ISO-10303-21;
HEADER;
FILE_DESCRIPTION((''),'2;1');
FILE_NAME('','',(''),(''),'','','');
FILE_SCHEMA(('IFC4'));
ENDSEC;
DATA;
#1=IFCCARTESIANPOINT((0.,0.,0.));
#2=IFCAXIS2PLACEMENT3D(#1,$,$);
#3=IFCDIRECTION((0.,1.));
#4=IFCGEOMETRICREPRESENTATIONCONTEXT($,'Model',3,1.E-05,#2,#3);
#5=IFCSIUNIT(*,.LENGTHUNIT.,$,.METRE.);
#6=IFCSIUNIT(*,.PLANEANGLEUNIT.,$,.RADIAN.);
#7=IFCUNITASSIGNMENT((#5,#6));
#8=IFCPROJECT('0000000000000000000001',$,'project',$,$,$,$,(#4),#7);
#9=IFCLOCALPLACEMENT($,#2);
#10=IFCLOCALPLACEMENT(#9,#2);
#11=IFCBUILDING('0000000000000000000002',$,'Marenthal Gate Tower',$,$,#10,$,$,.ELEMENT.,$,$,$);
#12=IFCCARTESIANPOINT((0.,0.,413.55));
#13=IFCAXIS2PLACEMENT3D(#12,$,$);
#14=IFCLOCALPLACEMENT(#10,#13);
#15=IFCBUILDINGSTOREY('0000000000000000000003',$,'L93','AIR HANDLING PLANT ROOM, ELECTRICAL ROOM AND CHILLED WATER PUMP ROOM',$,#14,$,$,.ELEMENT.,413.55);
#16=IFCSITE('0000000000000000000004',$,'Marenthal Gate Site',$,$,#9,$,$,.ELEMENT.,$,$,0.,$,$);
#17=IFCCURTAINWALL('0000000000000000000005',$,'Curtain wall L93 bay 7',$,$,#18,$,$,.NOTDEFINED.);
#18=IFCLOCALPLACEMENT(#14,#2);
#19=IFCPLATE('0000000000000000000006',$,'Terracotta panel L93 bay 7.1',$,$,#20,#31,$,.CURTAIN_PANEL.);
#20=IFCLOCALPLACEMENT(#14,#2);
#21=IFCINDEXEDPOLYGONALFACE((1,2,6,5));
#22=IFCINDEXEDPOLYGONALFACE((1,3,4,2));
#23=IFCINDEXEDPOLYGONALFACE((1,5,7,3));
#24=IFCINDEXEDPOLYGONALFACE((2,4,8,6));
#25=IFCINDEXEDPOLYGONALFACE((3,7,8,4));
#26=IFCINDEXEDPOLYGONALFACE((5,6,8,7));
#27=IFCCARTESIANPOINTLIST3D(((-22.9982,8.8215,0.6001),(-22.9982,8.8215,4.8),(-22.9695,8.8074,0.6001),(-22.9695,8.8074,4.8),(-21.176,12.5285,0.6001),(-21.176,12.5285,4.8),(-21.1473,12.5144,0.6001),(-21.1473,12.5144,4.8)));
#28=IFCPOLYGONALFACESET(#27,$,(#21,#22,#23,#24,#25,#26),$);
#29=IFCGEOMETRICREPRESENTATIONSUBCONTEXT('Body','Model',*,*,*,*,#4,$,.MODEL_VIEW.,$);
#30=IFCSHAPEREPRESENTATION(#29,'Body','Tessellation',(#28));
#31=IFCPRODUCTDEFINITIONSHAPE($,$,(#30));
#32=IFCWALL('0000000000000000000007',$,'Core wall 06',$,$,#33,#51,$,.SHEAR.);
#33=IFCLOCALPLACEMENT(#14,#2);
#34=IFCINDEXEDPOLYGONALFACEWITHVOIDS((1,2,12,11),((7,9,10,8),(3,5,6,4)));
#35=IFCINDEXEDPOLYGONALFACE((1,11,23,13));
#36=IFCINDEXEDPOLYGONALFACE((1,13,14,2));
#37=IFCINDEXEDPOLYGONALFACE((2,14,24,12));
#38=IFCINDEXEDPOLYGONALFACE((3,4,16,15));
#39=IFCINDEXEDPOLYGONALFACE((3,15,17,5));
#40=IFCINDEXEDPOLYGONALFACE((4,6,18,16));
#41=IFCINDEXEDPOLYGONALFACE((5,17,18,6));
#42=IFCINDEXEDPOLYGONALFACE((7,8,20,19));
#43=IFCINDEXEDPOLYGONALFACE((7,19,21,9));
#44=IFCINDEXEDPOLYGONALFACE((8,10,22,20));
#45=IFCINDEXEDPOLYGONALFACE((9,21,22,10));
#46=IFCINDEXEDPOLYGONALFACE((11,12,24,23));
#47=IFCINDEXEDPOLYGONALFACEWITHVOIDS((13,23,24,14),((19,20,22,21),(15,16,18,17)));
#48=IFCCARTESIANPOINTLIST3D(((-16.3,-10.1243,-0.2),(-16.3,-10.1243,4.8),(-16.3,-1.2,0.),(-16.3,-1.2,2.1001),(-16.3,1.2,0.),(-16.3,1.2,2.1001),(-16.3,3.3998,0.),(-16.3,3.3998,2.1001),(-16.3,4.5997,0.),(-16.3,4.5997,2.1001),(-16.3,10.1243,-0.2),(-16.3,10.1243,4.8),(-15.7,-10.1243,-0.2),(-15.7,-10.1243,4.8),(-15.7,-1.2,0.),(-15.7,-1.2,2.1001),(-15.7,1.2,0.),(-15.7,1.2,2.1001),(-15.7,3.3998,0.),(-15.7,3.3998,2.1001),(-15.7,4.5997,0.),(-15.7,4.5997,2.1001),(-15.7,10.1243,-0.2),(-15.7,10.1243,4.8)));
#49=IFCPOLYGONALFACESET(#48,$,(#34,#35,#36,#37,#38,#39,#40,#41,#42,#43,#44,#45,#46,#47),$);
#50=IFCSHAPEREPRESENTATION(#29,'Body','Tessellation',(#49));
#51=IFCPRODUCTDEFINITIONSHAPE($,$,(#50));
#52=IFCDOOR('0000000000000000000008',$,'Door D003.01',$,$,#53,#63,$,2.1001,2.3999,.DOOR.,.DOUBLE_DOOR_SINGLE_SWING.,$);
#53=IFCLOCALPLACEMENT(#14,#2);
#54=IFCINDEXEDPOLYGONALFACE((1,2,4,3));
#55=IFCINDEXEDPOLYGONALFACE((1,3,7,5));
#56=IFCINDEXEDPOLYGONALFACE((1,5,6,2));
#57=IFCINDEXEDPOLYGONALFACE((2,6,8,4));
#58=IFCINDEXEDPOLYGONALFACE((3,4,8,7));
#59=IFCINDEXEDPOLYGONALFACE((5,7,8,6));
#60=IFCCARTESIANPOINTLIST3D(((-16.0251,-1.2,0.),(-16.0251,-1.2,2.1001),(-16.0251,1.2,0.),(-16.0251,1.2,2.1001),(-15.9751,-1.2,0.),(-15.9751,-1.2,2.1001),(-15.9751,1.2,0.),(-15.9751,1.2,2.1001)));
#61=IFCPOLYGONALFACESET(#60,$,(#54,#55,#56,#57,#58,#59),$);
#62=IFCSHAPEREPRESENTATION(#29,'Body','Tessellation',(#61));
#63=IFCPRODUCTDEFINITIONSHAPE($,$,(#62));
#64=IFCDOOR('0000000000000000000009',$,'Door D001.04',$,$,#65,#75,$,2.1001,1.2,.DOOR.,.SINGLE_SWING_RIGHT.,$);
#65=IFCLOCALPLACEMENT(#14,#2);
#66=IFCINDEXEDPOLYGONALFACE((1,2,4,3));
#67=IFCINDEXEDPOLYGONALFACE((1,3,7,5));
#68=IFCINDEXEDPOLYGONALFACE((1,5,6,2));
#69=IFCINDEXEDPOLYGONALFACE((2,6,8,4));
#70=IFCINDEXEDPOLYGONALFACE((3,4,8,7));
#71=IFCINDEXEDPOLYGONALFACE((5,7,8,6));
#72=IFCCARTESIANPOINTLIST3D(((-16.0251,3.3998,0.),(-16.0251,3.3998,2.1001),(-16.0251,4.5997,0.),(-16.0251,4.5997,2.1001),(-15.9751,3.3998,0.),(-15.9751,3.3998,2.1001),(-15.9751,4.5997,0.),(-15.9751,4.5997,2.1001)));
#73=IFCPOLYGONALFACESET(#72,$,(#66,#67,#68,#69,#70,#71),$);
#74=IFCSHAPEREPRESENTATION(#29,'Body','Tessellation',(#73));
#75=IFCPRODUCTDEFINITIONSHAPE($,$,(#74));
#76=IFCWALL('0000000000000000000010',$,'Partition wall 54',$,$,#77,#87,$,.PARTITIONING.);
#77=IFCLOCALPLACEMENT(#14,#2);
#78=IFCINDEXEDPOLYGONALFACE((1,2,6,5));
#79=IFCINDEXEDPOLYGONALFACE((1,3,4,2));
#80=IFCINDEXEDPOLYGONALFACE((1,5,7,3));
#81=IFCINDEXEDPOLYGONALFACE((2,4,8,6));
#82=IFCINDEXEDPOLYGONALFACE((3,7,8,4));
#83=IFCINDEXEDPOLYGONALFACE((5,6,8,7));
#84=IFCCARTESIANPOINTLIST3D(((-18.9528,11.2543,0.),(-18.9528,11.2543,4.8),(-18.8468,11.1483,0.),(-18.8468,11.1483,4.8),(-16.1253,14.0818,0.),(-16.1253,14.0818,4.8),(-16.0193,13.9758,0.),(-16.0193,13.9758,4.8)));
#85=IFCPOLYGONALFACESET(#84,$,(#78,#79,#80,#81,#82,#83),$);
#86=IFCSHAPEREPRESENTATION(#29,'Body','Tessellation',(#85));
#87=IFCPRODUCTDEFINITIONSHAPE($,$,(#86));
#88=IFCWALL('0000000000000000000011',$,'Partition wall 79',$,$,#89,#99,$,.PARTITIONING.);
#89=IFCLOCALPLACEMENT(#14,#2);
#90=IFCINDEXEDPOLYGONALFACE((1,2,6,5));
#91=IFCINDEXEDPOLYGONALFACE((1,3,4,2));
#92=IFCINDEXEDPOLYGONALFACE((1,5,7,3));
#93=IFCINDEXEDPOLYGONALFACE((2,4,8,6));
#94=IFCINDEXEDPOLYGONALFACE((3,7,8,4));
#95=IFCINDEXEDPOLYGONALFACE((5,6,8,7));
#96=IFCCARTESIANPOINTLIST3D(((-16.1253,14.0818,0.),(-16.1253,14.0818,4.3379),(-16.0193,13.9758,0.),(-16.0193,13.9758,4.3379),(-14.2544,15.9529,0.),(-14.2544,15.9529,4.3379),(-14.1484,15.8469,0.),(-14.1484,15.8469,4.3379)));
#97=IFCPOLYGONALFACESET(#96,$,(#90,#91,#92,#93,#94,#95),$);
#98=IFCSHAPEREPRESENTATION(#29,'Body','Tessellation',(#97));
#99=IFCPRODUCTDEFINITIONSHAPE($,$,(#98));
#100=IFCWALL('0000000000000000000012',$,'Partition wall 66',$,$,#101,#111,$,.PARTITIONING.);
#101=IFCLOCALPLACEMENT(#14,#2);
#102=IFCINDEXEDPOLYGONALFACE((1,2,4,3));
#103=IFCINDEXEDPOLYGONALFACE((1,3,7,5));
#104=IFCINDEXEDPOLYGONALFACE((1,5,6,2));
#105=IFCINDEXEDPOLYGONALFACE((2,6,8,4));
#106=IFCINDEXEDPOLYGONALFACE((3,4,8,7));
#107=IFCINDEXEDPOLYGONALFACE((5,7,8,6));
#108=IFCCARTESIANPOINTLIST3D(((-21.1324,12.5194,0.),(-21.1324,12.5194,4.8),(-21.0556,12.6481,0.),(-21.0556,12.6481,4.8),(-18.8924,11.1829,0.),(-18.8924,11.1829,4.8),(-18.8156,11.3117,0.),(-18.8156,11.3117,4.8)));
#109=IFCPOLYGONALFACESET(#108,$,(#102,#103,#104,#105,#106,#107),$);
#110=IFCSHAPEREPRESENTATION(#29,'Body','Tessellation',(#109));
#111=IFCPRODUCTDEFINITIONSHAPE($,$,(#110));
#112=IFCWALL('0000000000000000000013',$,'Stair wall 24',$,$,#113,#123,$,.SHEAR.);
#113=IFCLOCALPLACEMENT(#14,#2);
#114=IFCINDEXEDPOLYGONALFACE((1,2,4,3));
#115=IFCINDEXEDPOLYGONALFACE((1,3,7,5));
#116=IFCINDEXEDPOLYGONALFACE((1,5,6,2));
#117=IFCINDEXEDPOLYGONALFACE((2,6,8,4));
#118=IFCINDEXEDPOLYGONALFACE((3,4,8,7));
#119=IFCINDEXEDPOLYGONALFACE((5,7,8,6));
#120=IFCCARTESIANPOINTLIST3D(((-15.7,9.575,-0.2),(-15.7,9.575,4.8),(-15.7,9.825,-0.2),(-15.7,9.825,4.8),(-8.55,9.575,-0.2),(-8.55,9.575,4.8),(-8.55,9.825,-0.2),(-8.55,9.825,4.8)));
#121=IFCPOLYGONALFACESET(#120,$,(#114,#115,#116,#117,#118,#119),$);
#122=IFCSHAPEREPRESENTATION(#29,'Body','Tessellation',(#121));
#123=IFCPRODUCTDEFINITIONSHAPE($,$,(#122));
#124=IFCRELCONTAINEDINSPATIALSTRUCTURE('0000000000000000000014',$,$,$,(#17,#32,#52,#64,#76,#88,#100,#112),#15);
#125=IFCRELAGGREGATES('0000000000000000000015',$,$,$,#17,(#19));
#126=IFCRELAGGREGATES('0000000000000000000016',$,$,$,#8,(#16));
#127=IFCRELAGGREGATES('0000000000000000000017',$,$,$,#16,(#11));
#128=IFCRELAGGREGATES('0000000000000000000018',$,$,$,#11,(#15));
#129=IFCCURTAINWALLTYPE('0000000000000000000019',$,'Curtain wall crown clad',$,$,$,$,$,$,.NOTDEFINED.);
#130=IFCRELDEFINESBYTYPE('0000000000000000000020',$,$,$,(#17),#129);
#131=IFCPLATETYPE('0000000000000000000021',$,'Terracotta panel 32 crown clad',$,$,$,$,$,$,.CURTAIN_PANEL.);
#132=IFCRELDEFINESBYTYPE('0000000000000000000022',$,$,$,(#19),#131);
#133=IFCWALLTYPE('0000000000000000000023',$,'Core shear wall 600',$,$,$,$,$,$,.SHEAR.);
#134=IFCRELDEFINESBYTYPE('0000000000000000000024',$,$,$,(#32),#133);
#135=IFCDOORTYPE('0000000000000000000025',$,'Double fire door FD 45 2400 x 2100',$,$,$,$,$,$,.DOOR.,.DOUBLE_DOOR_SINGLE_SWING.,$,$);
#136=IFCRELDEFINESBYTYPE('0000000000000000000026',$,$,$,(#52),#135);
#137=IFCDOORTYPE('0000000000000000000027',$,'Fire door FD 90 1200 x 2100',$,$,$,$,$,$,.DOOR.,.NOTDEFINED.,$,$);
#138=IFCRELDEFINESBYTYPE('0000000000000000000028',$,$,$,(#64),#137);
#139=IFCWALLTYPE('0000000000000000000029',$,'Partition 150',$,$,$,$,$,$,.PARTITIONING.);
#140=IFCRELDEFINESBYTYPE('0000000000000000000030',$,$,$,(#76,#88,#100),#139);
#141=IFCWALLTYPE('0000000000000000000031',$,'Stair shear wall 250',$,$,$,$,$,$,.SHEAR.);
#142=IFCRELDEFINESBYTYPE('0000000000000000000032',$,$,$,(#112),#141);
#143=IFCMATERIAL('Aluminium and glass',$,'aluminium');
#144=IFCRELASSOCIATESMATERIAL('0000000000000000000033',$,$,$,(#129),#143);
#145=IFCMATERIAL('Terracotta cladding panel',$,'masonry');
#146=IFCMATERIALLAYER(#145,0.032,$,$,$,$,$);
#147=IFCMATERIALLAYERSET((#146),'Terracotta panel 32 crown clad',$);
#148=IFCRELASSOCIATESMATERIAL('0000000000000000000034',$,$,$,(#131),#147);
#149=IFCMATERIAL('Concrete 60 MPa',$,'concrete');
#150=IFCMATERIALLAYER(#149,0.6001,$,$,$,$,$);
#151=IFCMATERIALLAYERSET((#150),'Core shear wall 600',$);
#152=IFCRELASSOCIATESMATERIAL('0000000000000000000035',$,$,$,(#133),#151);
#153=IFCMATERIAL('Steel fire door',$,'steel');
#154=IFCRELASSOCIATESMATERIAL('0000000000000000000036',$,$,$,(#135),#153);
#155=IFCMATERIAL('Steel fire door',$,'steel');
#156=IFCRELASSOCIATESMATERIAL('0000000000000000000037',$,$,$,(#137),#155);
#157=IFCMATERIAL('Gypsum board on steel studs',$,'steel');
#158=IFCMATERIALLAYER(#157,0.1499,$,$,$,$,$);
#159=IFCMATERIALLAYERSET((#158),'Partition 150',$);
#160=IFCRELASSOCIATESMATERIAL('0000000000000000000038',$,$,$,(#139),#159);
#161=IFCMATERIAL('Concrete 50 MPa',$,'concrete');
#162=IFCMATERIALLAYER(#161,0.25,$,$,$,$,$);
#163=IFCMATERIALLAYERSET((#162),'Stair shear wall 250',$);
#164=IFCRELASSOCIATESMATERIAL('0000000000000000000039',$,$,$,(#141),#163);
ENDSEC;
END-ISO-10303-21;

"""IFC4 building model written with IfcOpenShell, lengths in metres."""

from ifc_helpers import new_model, si_unit, direction, frame, frame_2d, origin, origin_2d, place, context, subcontext, project, spatial, rectangle, extrude, material, layer, layer_set, type_object, element, fill, aggregate, save


model = new_model("IFC4")

# Units and contexts
model_context = context("Model", 3, precision=1e-05, world=origin(), true_north=direction((0.0, 1.0)))
body_context = subcontext(model_context, "Body", "Model", "MODEL_VIEW")
ifc_project = project(units=[si_unit("LENGTHUNIT", "METRE"), si_unit("PLANEANGLEUNIT", "RADIAN")], contexts=[model_context])

# Site, building, storey
site_placement = place(None, origin())
site = spatial("IfcSite", under=ifc_project, at=site_placement, Name="Marenthal Gate Site", CompositionType="ELEMENT", RefElevation=0.0)
building_placement = place(site_placement, origin())
building = spatial("IfcBuilding", under=site, at=building_placement, Name="Marenthal Gate Tower", CompositionType="ELEMENT")
storey_placement = place(building_placement, frame((0.0, 0.0, 413.55)))
storey = spatial("IfcBuildingStorey", under=building, at=storey_placement, Name="L93", Description="AIR HANDLING PLANT ROOM, ELECTRICAL ROOM AND CHILLED WATER PUMP ROOM", CompositionType="ELEMENT", Elevation=413.55)

# Curtain wall
ifc_material_1 = material(Name="Aluminium and glass", Category="aluminium")
curtain_wall_type_1 = type_object("IfcCurtainWallType", Name="Curtain wall crown clad", PredefinedType="NOTDEFINED", material=ifc_material_1)
curtain_wall_1_placement = place(storey_placement, origin())
curtain_wall_1 = element("IfcCurtainWall", 1, at=curtain_wall_1_placement, inside=storey, type_object=curtain_wall_type_1, Name="Curtain wall L93 bay 7", PredefinedType="NOTDEFINED")

# Plate
ifc_material_2 = material(Name="Terracotta cladding panel", Category="masonry")
ifc_layer_1 = layer(ifc_material_2, 0.032)
ifc_layer_set_1 = layer_set([ifc_layer_1], Name="Terracotta panel 32 crown clad")
plate_type_1 = type_object("IfcPlateType", Name="Terracotta panel 32 crown clad", PredefinedType="CURTAIN_PANEL", material=ifc_layer_set_1)
plate_1_placement = place(storey_placement, frame((-22.0728, 10.668, 0.6001), z_axis=(0.0, 0.0, 1.0), x_axis=(-0.441124, -0.897446, 0.0)))
plate_1 = element("IfcPlate", 2, at=plate_1_placement, type_object=plate_type_1, Name="Terracotta panel L93 bay 7.1", PredefinedType="CURTAIN_PANEL", context=body_context, shape_type="SweptSolid", body=[
    extrude(rectangle(XDim=4.1306, YDim=0.032, at=origin_2d()), origin(), (0.0, 0.0, 1.0), 4.2),
])
aggregate(curtain_wall_1, [plate_1])

# Wall, openings, doors
ifc_material_3 = material(Name="Concrete 60 MPa", Category="concrete")
ifc_layer_2 = layer(ifc_material_3, 0.6001)
ifc_layer_set_2 = layer_set([ifc_layer_2], Name="Core shear wall 600")
wall_type_1 = type_object("IfcWallType", Name="Core shear wall 600", PredefinedType="SHEAR", material=ifc_layer_set_2)
wall_1_placement = place(storey_placement, frame((-16.0, 10.1243, -0.2), z_axis=(0.0, 0.0, 1.0), x_axis=(0.0, -1.0, 0.0)))
wall_1 = element("IfcWall", 3, at=wall_1_placement, inside=storey, type_object=wall_type_1, Name="Core wall 06", PredefinedType="SHEAR", context=body_context, shape_type="SweptSolid", body=[
    extrude(rectangle(XDim=20.2485, YDim=0.6001, at=frame_2d((10.1243, 0.0))), origin(), (0.0, 0.0, 1.0), 5.0),
])
opening_1_placement = place(wall_1_placement, frame((8.9243, 0.0, 0.2)))
opening_1 = element("IfcOpeningElement", 4, at=opening_1_placement, cuts=wall_1, PredefinedType="OPENING", context=body_context, shape_type="SweptSolid", body=[
    extrude(rectangle(XDim=2.3999, YDim=2.1001, at=frame_2d((1.2, 1.05))), frame((0.0, 0.3101, 0.0), z_axis=(0.0, -1.0, 0.0), x_axis=(1.0, 0.0, 0.0)), (0.0, 0.0, 1.0), 0.6201),
])
opening_2_placement = place(wall_1_placement, frame((5.5244, 0.0, 0.2)))
opening_2 = element("IfcOpeningElement", 5, at=opening_2_placement, cuts=wall_1, PredefinedType="OPENING", context=body_context, shape_type="SweptSolid", body=[
    extrude(rectangle(XDim=1.2, YDim=2.1001, at=frame_2d((0.6001, 1.05))), frame((0.0, 0.3101, 0.0), z_axis=(0.0, -1.0, 0.0), x_axis=(1.0, 0.0, 0.0)), (0.0, 0.0, 1.0), 0.6201),
])
ifc_material_4 = material(Name="Steel fire door", Category="steel")
door_type_1 = type_object("IfcDoorType", Name="Double fire door FD 45 2400 x 2100", OperationType="DOUBLE_DOOR_SINGLE_SWING", PredefinedType="DOOR", material=ifc_material_4)
door_1_placement = place(opening_1_placement, origin())
door_1 = element("IfcDoor", 6, at=door_1_placement, inside=storey, type_object=door_type_1, Name="Door D003.01", OperationType="DOUBLE_DOOR_SINGLE_SWING", OverallHeight=2.1001, OverallWidth=2.3999, PredefinedType="DOOR", context=body_context, shape_type="SweptSolid", body=[
    extrude(rectangle(XDim=2.3999, YDim=2.1001, at=frame_2d((1.2, 1.05))), frame((0.0, 0.0249, 0.0), z_axis=(0.0, -1.0, 0.0), x_axis=(1.0, 0.0, 0.0)), (0.0, 0.0, 1.0), 0.05),
])
fill(opening_1, door_1)
ifc_material_5 = material(Name="Steel fire door", Category="steel")
door_type_2 = type_object("IfcDoorType", Name="Fire door FD 90 1200 x 2100", OperationType="NOTDEFINED", PredefinedType="DOOR", material=ifc_material_5)
door_2_placement = place(opening_2_placement, origin())
door_2 = element("IfcDoor", 7, at=door_2_placement, inside=storey, type_object=door_type_2, Name="Door D001.04", OperationType="SINGLE_SWING_RIGHT", OverallHeight=2.1001, OverallWidth=1.2, PredefinedType="DOOR", context=body_context, shape_type="SweptSolid", body=[
    extrude(rectangle(XDim=1.2, YDim=2.1001, at=frame_2d((0.6001, 1.05))), frame((0.0, 0.0249, 0.0), z_axis=(0.0, -1.0, 0.0), x_axis=(1.0, 0.0, 0.0)), (0.0, 0.0, 1.0), 0.05),
])
fill(opening_2, door_2)

# Walls
ifc_material_6 = material(Name="Gypsum board on steel studs", Category="steel")
ifc_layer_3 = layer(ifc_material_6, 0.1499)
ifc_layer_set_3 = layer_set([ifc_layer_3], Name="Partition 150")
wall_type_2 = type_object("IfcWallType", Name="Partition 150", PredefinedType="PARTITIONING", material=ifc_layer_set_3)
wall_2_placement = place(storey_placement, frame((-18.8999, 11.2012, 0.0), z_axis=(0.0, 0.0, 1.0), x_axis=(0.707107, 0.707107, 0.0)))
element("IfcWall", 8, at=wall_2_placement, inside=storey, type_object=wall_type_2, Name="Partition wall 54", PredefinedType="PARTITIONING", context=body_context, shape_type="SweptSolid", body=[
    extrude(rectangle(XDim=3.9988, YDim=0.1499, at=frame_2d((1.9995, 0.0))), origin(), (0.0, 0.0, 1.0), 4.8),
])
wall_3_placement = place(storey_placement, frame((-16.0723, 14.0288, 0.0), z_axis=(0.0, 0.0, 1.0), x_axis=(0.707061, 0.707153, 0.0)))
element("IfcWall", 9, at=wall_3_placement, inside=storey, type_object=wall_type_2, Name="Partition wall 79", PredefinedType="PARTITIONING", context=body_context, shape_type="SweptSolid", body=[
    extrude(rectangle(XDim=2.646, YDim=0.1499, at=frame_2d((1.323, 0.0))), origin(), (0.0, 0.0, 1.0), 4.3379),
])
wall_4_placement = place(storey_placement, frame((-18.854, 11.2473, 0.0), z_axis=(0.0, 0.0, 1.0), x_axis=(-0.85877, 0.512361, 0.0)))
element("IfcWall", 10, at=wall_4_placement, inside=storey, type_object=wall_type_2, Name="Partition wall 66", PredefinedType="PARTITIONING", context=body_context, shape_type="SweptSolid", body=[
    extrude(rectangle(XDim=2.6084, YDim=0.1499, at=frame_2d((1.3042, 0.0))), origin(), (0.0, 0.0, 1.0), 4.8),
])
ifc_material_7 = material(Name="Concrete 50 MPa", Category="concrete")
ifc_layer_4 = layer(ifc_material_7, 0.25)
ifc_layer_set_4 = layer_set([ifc_layer_4], Name="Stair shear wall 250")
wall_type_3 = type_object("IfcWallType", Name="Stair shear wall 250", PredefinedType="SHEAR", material=ifc_layer_set_4)
wall_5_placement = place(storey_placement, frame((-15.7, 9.7, -0.2), z_axis=(0.0, 0.0, 1.0), x_axis=(1.0, 0.0, 0.0)))
element("IfcWall", 11, at=wall_5_placement, inside=storey, type_object=wall_type_3, Name="Stair wall 24", PredefinedType="SHEAR", context=body_context, shape_type="SweptSolid", body=[
    extrude(rectangle(XDim=7.1499, YDim=0.25, at=frame_2d((3.575, 0.0))), origin(), (0.0, 0.0, 1.0), 5.0),
])

save(model, "model.ifc")
